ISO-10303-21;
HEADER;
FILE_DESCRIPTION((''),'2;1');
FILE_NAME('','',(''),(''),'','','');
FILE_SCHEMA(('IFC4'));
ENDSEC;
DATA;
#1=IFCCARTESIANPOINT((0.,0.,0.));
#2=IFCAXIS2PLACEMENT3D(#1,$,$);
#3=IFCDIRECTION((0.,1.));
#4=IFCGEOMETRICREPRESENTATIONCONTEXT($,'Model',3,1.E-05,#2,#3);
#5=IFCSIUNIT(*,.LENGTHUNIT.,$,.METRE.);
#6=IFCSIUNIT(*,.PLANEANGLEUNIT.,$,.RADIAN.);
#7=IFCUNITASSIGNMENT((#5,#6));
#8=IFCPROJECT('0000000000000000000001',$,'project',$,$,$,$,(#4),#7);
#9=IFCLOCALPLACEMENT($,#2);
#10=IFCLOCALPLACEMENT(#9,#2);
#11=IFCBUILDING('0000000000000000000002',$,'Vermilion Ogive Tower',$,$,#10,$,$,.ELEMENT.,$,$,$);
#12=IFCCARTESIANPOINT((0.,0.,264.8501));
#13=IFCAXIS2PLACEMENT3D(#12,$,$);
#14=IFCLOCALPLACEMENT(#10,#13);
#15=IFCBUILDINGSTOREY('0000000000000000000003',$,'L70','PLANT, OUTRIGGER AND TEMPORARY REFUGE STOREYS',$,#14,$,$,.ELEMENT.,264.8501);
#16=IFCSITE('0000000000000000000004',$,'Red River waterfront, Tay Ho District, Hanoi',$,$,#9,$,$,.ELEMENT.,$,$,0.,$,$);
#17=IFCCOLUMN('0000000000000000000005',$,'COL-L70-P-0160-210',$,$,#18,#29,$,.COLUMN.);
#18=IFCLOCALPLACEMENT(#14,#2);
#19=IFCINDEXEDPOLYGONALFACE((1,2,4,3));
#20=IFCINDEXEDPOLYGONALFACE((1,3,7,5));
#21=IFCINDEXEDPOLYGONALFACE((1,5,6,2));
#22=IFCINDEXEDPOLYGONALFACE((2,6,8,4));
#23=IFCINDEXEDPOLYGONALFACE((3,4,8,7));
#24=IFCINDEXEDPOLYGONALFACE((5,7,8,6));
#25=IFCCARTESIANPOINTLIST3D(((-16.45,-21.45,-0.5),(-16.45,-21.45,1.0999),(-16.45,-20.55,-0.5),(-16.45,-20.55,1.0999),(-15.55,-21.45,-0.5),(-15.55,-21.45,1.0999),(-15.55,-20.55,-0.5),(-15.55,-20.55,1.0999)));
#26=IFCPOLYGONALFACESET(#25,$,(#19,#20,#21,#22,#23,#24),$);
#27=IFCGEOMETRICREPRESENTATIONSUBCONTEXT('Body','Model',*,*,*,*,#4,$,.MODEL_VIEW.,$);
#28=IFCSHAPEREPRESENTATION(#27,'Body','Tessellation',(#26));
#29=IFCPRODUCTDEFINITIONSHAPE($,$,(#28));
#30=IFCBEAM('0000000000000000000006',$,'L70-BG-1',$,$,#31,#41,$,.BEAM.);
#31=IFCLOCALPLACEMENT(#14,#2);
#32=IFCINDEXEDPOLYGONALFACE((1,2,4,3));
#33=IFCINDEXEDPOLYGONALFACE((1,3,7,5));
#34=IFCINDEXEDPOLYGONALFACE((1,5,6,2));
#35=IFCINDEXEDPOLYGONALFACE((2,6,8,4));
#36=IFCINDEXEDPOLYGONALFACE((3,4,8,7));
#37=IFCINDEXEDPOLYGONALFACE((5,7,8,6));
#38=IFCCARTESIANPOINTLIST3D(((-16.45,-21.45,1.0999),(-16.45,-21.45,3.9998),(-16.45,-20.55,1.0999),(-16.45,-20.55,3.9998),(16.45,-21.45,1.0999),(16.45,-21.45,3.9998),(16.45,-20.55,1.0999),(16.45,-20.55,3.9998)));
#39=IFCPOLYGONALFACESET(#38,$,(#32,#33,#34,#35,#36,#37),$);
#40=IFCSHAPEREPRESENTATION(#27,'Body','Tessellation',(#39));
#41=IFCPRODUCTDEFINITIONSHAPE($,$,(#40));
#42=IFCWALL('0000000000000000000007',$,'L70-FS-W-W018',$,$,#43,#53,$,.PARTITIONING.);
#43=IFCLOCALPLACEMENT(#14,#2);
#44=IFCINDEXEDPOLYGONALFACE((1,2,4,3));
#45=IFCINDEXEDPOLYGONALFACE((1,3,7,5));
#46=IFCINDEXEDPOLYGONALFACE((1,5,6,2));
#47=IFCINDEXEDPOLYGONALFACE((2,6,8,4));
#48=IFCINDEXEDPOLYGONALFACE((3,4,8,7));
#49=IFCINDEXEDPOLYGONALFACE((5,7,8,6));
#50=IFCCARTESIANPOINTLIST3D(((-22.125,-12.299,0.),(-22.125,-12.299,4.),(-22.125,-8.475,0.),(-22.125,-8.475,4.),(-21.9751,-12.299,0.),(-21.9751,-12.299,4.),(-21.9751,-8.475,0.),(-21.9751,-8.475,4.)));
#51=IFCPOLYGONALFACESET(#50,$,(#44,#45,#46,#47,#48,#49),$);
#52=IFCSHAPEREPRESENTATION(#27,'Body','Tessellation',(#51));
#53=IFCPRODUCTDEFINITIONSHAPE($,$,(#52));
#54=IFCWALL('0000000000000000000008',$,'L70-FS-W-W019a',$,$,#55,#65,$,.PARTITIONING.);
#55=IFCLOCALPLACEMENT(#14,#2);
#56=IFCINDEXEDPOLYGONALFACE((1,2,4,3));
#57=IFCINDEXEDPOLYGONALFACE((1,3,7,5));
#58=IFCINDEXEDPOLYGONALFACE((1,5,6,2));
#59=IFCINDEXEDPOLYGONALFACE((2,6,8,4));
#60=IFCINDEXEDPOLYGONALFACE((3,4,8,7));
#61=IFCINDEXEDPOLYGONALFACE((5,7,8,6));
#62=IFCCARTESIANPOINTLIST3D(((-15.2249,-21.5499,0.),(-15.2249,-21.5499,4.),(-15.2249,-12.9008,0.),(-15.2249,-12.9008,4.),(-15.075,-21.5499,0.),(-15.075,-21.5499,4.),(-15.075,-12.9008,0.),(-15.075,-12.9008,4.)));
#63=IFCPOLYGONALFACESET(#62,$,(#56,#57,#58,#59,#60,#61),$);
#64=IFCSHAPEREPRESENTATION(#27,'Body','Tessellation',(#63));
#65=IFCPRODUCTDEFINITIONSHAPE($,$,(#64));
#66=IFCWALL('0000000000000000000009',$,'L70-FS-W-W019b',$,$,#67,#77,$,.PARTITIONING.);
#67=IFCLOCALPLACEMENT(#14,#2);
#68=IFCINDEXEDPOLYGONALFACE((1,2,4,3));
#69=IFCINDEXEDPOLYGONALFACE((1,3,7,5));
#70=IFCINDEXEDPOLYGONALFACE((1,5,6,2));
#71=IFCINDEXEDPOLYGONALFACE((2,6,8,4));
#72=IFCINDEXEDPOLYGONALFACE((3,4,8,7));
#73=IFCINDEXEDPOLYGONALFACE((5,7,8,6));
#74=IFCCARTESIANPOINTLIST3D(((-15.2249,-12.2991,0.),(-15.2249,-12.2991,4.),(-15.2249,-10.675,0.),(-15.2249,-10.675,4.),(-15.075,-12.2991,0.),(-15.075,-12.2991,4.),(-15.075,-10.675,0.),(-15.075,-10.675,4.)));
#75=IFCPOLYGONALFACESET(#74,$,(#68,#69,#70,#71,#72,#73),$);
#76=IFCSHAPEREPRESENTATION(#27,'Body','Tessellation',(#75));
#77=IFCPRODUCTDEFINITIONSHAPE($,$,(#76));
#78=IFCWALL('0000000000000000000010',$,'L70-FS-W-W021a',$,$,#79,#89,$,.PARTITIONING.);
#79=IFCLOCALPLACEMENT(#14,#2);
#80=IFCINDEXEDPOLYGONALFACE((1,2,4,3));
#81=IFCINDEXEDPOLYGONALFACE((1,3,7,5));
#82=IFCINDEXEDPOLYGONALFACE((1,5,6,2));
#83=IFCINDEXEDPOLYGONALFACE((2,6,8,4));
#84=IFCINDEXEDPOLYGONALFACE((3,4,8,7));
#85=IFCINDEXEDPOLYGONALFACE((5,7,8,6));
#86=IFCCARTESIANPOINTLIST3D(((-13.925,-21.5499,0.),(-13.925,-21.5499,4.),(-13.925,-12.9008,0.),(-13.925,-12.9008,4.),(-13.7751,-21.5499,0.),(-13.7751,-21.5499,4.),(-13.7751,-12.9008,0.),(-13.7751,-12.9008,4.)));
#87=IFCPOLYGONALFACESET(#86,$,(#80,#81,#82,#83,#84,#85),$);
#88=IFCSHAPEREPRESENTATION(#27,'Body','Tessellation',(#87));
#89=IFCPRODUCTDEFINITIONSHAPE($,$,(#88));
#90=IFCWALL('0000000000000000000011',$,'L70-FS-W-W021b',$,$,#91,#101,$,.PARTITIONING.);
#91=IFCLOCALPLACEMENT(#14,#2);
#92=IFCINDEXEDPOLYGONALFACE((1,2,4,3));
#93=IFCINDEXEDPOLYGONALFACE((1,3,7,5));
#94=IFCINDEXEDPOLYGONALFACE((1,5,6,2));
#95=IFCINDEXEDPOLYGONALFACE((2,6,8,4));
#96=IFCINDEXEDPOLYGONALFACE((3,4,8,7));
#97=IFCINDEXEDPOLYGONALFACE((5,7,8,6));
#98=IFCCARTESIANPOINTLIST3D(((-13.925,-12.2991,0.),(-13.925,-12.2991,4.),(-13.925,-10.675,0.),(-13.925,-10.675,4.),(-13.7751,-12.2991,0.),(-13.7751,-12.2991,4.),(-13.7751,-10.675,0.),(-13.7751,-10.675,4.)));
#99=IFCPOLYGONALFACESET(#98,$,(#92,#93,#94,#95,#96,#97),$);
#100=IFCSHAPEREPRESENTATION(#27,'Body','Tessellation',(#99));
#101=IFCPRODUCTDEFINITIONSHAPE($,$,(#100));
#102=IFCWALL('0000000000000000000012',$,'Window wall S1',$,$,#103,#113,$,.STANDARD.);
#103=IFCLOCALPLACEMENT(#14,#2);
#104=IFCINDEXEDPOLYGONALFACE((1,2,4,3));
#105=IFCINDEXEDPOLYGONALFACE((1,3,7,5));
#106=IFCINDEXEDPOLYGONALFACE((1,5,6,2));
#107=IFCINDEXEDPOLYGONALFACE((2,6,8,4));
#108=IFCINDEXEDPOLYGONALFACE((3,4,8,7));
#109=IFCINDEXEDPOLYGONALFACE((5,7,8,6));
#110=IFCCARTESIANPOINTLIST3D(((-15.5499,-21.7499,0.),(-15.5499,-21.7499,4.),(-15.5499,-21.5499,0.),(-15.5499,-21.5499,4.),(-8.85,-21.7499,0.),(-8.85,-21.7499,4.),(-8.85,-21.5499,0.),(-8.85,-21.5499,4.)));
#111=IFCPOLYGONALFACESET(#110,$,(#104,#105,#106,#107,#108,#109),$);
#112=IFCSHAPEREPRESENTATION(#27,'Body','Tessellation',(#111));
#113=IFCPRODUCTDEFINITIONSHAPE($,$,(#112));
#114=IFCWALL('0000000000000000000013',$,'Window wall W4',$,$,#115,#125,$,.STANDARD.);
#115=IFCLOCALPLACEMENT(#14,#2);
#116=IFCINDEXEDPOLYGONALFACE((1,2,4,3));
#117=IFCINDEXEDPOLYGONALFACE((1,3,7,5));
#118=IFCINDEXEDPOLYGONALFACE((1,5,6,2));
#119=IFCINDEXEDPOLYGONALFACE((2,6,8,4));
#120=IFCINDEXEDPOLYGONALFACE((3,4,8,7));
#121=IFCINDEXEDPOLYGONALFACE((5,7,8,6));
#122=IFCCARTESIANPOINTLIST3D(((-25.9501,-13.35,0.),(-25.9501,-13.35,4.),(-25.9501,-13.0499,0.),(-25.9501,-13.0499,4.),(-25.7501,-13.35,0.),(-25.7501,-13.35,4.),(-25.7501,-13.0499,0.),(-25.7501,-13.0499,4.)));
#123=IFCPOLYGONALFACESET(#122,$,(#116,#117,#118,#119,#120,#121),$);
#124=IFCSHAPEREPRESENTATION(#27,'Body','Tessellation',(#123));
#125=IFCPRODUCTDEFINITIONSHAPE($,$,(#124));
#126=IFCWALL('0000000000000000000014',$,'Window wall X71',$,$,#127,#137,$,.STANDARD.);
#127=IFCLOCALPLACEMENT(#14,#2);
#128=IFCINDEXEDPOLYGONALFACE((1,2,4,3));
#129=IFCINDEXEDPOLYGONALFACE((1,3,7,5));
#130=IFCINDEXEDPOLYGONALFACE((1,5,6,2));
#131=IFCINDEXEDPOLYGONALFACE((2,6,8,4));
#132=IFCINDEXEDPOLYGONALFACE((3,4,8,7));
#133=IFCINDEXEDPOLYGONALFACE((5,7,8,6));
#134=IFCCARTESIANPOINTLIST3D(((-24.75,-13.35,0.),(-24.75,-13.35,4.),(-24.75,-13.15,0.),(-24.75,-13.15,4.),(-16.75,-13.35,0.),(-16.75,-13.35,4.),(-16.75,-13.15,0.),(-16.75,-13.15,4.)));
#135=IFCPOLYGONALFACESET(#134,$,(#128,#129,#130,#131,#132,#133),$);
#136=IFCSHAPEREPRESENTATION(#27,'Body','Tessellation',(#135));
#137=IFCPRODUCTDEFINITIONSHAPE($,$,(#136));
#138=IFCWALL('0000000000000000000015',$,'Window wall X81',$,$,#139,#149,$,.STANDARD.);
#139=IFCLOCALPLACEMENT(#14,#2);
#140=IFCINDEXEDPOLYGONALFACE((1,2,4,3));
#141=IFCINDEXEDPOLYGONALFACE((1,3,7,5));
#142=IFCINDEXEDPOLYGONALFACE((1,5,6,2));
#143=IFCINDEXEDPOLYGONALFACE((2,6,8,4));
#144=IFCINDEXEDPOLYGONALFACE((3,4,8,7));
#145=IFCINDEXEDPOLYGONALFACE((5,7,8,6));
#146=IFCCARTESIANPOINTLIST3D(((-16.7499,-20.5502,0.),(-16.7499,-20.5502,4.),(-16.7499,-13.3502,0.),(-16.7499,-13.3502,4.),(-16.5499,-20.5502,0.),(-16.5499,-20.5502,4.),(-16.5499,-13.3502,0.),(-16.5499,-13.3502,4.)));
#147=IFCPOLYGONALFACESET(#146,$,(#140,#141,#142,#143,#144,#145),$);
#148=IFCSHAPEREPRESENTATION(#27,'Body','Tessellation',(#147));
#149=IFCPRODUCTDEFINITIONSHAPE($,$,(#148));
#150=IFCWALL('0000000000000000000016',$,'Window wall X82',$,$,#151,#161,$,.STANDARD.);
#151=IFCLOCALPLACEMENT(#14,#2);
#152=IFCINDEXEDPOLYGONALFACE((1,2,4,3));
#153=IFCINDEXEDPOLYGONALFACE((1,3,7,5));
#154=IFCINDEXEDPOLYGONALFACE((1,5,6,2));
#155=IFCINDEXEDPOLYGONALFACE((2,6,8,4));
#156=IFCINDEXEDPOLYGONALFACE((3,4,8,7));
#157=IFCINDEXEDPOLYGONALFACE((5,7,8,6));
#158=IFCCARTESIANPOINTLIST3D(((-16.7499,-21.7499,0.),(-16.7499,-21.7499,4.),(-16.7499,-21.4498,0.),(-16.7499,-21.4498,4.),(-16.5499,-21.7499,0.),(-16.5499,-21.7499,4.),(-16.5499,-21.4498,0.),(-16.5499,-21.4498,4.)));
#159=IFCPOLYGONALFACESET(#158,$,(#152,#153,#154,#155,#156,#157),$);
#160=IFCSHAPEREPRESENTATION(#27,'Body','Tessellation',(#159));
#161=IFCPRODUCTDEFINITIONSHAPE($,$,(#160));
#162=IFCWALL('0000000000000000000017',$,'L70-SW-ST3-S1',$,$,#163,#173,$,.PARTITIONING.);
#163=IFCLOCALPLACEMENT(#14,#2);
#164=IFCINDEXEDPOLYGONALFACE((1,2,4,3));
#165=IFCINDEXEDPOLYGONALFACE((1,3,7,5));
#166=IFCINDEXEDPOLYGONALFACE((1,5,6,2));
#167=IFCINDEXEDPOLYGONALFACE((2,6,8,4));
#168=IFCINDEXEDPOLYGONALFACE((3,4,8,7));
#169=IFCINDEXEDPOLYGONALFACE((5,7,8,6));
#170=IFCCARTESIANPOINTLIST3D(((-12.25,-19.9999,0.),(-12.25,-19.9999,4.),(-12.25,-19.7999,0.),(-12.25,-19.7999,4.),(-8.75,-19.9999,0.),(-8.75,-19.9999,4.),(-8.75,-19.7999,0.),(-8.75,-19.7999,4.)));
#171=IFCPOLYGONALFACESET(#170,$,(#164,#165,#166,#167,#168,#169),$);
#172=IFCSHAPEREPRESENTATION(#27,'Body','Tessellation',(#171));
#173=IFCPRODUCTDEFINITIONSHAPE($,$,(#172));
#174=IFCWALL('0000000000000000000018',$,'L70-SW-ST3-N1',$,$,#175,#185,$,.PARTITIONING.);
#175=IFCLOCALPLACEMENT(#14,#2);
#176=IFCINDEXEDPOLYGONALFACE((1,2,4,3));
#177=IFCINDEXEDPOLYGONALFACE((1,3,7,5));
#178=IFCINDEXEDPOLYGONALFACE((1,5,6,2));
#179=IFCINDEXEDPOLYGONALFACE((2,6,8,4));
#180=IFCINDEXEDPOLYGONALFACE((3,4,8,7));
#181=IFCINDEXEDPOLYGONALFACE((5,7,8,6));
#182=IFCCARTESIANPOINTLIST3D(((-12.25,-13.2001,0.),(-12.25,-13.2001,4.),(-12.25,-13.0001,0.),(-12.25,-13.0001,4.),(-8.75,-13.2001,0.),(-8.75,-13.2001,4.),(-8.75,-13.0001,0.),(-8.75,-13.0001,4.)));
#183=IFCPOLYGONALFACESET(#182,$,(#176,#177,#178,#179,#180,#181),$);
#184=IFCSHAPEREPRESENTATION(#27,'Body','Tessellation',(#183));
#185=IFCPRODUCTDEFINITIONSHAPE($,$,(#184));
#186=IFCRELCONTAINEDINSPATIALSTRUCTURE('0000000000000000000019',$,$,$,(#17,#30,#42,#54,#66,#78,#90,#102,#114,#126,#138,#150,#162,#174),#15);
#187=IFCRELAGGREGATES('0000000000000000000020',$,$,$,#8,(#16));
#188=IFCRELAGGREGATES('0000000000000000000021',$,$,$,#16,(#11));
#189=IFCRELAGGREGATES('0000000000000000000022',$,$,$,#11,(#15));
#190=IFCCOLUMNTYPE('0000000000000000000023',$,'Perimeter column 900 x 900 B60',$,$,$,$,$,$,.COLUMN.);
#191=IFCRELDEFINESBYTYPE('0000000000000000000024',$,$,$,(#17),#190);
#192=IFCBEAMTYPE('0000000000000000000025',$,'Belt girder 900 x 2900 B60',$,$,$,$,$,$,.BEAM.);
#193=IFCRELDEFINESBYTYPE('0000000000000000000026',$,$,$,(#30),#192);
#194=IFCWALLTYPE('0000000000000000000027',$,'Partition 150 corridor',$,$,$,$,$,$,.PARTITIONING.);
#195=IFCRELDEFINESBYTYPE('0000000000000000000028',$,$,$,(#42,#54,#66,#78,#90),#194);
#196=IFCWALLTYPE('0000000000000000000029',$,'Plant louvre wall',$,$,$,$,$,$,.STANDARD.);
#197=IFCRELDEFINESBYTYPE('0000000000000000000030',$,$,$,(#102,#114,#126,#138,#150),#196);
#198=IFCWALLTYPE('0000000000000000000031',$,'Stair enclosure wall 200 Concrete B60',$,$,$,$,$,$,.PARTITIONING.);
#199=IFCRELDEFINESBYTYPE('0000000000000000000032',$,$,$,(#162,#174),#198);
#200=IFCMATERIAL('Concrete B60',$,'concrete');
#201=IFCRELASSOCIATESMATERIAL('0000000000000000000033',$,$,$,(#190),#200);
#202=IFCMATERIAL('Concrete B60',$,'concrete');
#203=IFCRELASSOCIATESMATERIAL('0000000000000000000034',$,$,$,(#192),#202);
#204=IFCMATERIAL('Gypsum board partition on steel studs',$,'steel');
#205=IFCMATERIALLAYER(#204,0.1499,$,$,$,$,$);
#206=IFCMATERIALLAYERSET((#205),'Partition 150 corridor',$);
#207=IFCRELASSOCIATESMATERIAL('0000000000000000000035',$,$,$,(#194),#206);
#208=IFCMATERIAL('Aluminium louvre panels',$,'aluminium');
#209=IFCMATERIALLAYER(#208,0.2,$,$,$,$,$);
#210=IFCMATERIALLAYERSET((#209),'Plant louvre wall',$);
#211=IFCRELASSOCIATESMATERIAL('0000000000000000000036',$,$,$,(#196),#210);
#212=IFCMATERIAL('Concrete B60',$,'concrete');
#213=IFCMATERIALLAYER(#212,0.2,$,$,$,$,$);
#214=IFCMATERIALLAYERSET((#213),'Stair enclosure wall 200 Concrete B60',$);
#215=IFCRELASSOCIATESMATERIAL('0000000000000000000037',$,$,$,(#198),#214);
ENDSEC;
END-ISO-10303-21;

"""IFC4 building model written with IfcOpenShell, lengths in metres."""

from ifc_helpers import new_model, si_unit, direction, frame, frame_2d, origin, origin_2d, place, context, subcontext, project, spatial, rectangle, extrude, material, layer, layer_set, material_profile, profile_set, type_object, element, save


model = new_model("IFC4")

# Units and contexts
model_context = context("Model", 3, precision=1e-05, world=origin(), true_north=direction((0.0, 1.0)))
body_context = subcontext(model_context, "Body", "Model", "MODEL_VIEW")
ifc_project = project(units=[si_unit("LENGTHUNIT", "METRE"), si_unit("PLANEANGLEUNIT", "RADIAN")], contexts=[model_context])

# Site, building, storey
site_placement = place(None, origin())
site = spatial("IfcSite", under=ifc_project, at=site_placement, Name="Red River waterfront, Tay Ho District, Hanoi", CompositionType="ELEMENT", RefElevation=0.0)
building_placement = place(site_placement, origin())
building = spatial("IfcBuilding", under=site, at=building_placement, Name="Vermilion Ogive Tower", CompositionType="ELEMENT")
storey_placement = place(building_placement, frame((0.0, 0.0, 264.8501)))
storey = spatial("IfcBuildingStorey", under=building, at=storey_placement, Name="L70", Description="PLANT, OUTRIGGER AND TEMPORARY REFUGE STOREYS", CompositionType="ELEMENT", Elevation=264.8501)

# Column
ifc_material_1 = material(Name="Concrete B60", Category="concrete")
ifc_material_profile_1 = material_profile(ifc_material_1, rectangle(XDim=0.8999, YDim=0.8999, at=origin_2d()), Name="900 x 900")
ifc_profile_set_1 = profile_set([ifc_material_profile_1], Name="Concrete B60")
column_type = type_object("IfcColumnType", Name="Perimeter column 900 x 900 B60", PredefinedType="COLUMN", material=ifc_profile_set_1)
column_placement = place(storey_placement, frame((-16.0, -21.0, -0.5), z_axis=(0.0, 0.0, 1.0), x_axis=(1.0, 0.0, 0.0)))
element("IfcColumn", 1, at=column_placement, inside=storey, type_object=column_type, Name="COL-L70-P-0160-210", PredefinedType="COLUMN", context=body_context, shape_type="SweptSolid", body=[
    extrude(rectangle(XDim=0.8999, YDim=0.8999, at=origin_2d()), origin(), (0.0, 0.0, 1.0), 1.5999),
])

# Beam
ifc_material_2 = material(Name="Concrete B60", Category="concrete")
ifc_material_profile_2 = material_profile(ifc_material_2, rectangle(XDim=0.8999, YDim=2.8999, at=origin_2d()), Name="900 x 2900")
ifc_profile_set_2 = profile_set([ifc_material_profile_2], Name="Concrete B60")
beam_type = type_object("IfcBeamType", Name="Belt girder 900 x 2900 B60", PredefinedType="BEAM", material=ifc_profile_set_2)
beam_placement = place(storey_placement, frame((-16.45, -21.0, 2.5498), z_axis=(1.0, 0.0, 0.0), x_axis=(0.0, 1.0, 0.0)))
element("IfcBeam", 2, at=beam_placement, inside=storey, type_object=beam_type, Name="L70-BG-1", PredefinedType="BEAM", context=body_context, shape_type="SweptSolid", body=[
    extrude(rectangle(XDim=0.8999, YDim=2.8999, at=origin_2d()), origin(), (0.0, 0.0, 1.0), 32.8999),
])

# Walls
ifc_material_3 = material(Name="Gypsum board partition on steel studs", Category="steel")
ifc_layer_1 = layer(ifc_material_3, 0.1499)
ifc_layer_set_1 = layer_set([ifc_layer_1], Name="Partition 150 corridor")
wall_type_1 = type_object("IfcWallType", Name="Partition 150 corridor", PredefinedType="PARTITIONING", material=ifc_layer_set_1)
wall_1_placement = place(storey_placement, frame((-22.05, -12.2991, 0.0), z_axis=(0.0, 0.0, 1.0), x_axis=(0.0, 1.0, 0.0)))
element("IfcWall", 3, at=wall_1_placement, inside=storey, type_object=wall_type_1, Name="L70-FS-W-W018", PredefinedType="PARTITIONING", context=body_context, shape_type="SweptSolid", body=[
    extrude(rectangle(XDim=3.824, YDim=0.1499, at=frame_2d((1.9121, 0.0))), origin(), (0.0, 0.0, 1.0), 4.0),
])
wall_2_placement = place(storey_placement, frame((-15.1499, -21.55, 0.0), z_axis=(0.0, 0.0, 1.0), x_axis=(0.0, 1.0, 0.0)))
element("IfcWall", 4, at=wall_2_placement, inside=storey, type_object=wall_type_1, Name="L70-FS-W-W019a", PredefinedType="PARTITIONING", context=body_context, shape_type="SweptSolid", body=[
    extrude(rectangle(XDim=8.6492, YDim=0.1499, at=frame_2d((4.3247, 0.0))), origin(), (0.0, 0.0, 1.0), 4.0),
])
wall_3_placement = place(storey_placement, frame((-15.1499, -12.2991, 0.0), z_axis=(0.0, 0.0, 1.0), x_axis=(0.0, 1.0, 0.0)))
element("IfcWall", 5, at=wall_3_placement, inside=storey, type_object=wall_type_1, Name="L70-FS-W-W019b", PredefinedType="PARTITIONING", context=body_context, shape_type="SweptSolid", body=[
    extrude(rectangle(XDim=1.624, YDim=0.1499, at=frame_2d((0.812, 0.0))), origin(), (0.0, 0.0, 1.0), 4.0),
])
wall_4_placement = place(storey_placement, frame((-13.8501, -21.55, 0.0), z_axis=(0.0, 0.0, 1.0), x_axis=(0.0, 1.0, 0.0)))
element("IfcWall", 6, at=wall_4_placement, inside=storey, type_object=wall_type_1, Name="L70-FS-W-W021a", PredefinedType="PARTITIONING", context=body_context, shape_type="SweptSolid", body=[
    extrude(rectangle(XDim=8.6492, YDim=0.1499, at=frame_2d((4.3247, 0.0))), origin(), (0.0, 0.0, 1.0), 4.0),
])
wall_5_placement = place(storey_placement, frame((-13.8501, -12.2991, 0.0), z_axis=(0.0, 0.0, 1.0), x_axis=(0.0, 1.0, 0.0)))
element("IfcWall", 7, at=wall_5_placement, inside=storey, type_object=wall_type_1, Name="L70-FS-W-W021b", PredefinedType="PARTITIONING", context=body_context, shape_type="SweptSolid", body=[
    extrude(rectangle(XDim=1.624, YDim=0.1499, at=frame_2d((0.812, 0.0))), origin(), (0.0, 0.0, 1.0), 4.0),
])
ifc_material_4 = material(Name="Aluminium louvre panels", Category="aluminium")
ifc_layer_2 = layer(ifc_material_4, 0.2)
ifc_layer_set_2 = layer_set([ifc_layer_2], Name="Plant louvre wall")
wall_type_2 = type_object("IfcWallType", Name="Plant louvre wall", PredefinedType="STANDARD", material=ifc_layer_set_2)
wall_6_placement = place(storey_placement, frame((-15.55, -21.6499, 0.0), z_axis=(0.0, 0.0, 1.0), x_axis=(1.0, 0.0, 0.0)))
element("IfcWall", 8, at=wall_6_placement, inside=storey, type_object=wall_type_2, Name="Window wall S1", PredefinedType="STANDARD", context=body_context, shape_type="SweptSolid", body=[
    extrude(rectangle(XDim=6.7, YDim=0.2, at=frame_2d((3.3501, 0.0))), origin(), (0.0, 0.0, 1.0), 4.0),
])
wall_7_placement = place(storey_placement, frame((-25.8501, -13.05, 0.0), z_axis=(0.0, 0.0, 1.0), x_axis=(0.0, -1.0, 0.0)))
element("IfcWall", 9, at=wall_7_placement, inside=storey, type_object=wall_type_2, Name="Window wall W4", PredefinedType="STANDARD", context=body_context, shape_type="SweptSolid", body=[
    extrude(rectangle(XDim=0.3, YDim=0.2, at=frame_2d((0.1499, 0.0))), origin(), (0.0, 0.0, 1.0), 4.0),
])
wall_8_placement = place(storey_placement, frame((-24.75, -13.25, 0.0), z_axis=(0.0, 0.0, 1.0), x_axis=(1.0, 0.0, 0.0)))
element("IfcWall", 10, at=wall_8_placement, inside=storey, type_object=wall_type_2, Name="Window wall X71", PredefinedType="STANDARD", context=body_context, shape_type="SweptSolid", body=[
    extrude(rectangle(XDim=8.0, YDim=0.2, at=frame_2d((4.0, 0.0))), origin(), (0.0, 0.0, 1.0), 4.0),
])
wall_9_placement = place(storey_placement, frame((-16.6499, -13.3501, 0.0), z_axis=(0.0, 0.0, 1.0), x_axis=(0.0, -1.0, 0.0)))
element("IfcWall", 11, at=wall_9_placement, inside=storey, type_object=wall_type_2, Name="Window wall X81", PredefinedType="STANDARD", context=body_context, shape_type="SweptSolid", body=[
    extrude(rectangle(XDim=7.2, YDim=0.2, at=frame_2d((3.6001, 0.0))), origin(), (0.0, 0.0, 1.0), 4.0),
])
wall_10_placement = place(storey_placement, frame((-16.6499, -21.45, 0.0), z_axis=(0.0, 0.0, 1.0), x_axis=(0.0, -1.0, 0.0)))
element("IfcWall", 12, at=wall_10_placement, inside=storey, type_object=wall_type_2, Name="Window wall X82", PredefinedType="STANDARD", context=body_context, shape_type="SweptSolid", body=[
    extrude(rectangle(XDim=0.3, YDim=0.2, at=frame_2d((0.1499, 0.0))), origin(), (0.0, 0.0, 1.0), 4.0),
])
ifc_material_5 = material(Name="Concrete B60", Category="concrete")
ifc_layer_3 = layer(ifc_material_5, 0.2)
ifc_layer_set_3 = layer_set([ifc_layer_3], Name="Stair enclosure wall 200 Concrete B60")
wall_type_3 = type_object("IfcWallType", Name="Stair enclosure wall 200 Concrete B60", PredefinedType="PARTITIONING", material=ifc_layer_set_3)
for number, where, z_axis, x_axis, name in (
    (13, (-12.25, -19.8999, 0.0), (0.0, 0.0, 1.0), (1.0, 0.0, 0.0), "L70-SW-ST3-S1"),
    (14, (-12.25, -13.1001, 0.0), (0.0, 0.0, 1.0), (1.0, 0.0, 0.0), "L70-SW-ST3-N1"),
):
    element("IfcWall", number, at=place(storey_placement, frame(where, z_axis=z_axis, x_axis=x_axis)), inside=storey, type_object=wall_type_3, Name=name, PredefinedType="PARTITIONING", context=body_context, shape_type="SweptSolid", body=[
        extrude(rectangle(XDim=3.5, YDim=0.2, at=frame_2d((1.75, 0.0))), origin(), (0.0, 0.0, 1.0), 4.0),
    ])

save(model, "model.ifc")
